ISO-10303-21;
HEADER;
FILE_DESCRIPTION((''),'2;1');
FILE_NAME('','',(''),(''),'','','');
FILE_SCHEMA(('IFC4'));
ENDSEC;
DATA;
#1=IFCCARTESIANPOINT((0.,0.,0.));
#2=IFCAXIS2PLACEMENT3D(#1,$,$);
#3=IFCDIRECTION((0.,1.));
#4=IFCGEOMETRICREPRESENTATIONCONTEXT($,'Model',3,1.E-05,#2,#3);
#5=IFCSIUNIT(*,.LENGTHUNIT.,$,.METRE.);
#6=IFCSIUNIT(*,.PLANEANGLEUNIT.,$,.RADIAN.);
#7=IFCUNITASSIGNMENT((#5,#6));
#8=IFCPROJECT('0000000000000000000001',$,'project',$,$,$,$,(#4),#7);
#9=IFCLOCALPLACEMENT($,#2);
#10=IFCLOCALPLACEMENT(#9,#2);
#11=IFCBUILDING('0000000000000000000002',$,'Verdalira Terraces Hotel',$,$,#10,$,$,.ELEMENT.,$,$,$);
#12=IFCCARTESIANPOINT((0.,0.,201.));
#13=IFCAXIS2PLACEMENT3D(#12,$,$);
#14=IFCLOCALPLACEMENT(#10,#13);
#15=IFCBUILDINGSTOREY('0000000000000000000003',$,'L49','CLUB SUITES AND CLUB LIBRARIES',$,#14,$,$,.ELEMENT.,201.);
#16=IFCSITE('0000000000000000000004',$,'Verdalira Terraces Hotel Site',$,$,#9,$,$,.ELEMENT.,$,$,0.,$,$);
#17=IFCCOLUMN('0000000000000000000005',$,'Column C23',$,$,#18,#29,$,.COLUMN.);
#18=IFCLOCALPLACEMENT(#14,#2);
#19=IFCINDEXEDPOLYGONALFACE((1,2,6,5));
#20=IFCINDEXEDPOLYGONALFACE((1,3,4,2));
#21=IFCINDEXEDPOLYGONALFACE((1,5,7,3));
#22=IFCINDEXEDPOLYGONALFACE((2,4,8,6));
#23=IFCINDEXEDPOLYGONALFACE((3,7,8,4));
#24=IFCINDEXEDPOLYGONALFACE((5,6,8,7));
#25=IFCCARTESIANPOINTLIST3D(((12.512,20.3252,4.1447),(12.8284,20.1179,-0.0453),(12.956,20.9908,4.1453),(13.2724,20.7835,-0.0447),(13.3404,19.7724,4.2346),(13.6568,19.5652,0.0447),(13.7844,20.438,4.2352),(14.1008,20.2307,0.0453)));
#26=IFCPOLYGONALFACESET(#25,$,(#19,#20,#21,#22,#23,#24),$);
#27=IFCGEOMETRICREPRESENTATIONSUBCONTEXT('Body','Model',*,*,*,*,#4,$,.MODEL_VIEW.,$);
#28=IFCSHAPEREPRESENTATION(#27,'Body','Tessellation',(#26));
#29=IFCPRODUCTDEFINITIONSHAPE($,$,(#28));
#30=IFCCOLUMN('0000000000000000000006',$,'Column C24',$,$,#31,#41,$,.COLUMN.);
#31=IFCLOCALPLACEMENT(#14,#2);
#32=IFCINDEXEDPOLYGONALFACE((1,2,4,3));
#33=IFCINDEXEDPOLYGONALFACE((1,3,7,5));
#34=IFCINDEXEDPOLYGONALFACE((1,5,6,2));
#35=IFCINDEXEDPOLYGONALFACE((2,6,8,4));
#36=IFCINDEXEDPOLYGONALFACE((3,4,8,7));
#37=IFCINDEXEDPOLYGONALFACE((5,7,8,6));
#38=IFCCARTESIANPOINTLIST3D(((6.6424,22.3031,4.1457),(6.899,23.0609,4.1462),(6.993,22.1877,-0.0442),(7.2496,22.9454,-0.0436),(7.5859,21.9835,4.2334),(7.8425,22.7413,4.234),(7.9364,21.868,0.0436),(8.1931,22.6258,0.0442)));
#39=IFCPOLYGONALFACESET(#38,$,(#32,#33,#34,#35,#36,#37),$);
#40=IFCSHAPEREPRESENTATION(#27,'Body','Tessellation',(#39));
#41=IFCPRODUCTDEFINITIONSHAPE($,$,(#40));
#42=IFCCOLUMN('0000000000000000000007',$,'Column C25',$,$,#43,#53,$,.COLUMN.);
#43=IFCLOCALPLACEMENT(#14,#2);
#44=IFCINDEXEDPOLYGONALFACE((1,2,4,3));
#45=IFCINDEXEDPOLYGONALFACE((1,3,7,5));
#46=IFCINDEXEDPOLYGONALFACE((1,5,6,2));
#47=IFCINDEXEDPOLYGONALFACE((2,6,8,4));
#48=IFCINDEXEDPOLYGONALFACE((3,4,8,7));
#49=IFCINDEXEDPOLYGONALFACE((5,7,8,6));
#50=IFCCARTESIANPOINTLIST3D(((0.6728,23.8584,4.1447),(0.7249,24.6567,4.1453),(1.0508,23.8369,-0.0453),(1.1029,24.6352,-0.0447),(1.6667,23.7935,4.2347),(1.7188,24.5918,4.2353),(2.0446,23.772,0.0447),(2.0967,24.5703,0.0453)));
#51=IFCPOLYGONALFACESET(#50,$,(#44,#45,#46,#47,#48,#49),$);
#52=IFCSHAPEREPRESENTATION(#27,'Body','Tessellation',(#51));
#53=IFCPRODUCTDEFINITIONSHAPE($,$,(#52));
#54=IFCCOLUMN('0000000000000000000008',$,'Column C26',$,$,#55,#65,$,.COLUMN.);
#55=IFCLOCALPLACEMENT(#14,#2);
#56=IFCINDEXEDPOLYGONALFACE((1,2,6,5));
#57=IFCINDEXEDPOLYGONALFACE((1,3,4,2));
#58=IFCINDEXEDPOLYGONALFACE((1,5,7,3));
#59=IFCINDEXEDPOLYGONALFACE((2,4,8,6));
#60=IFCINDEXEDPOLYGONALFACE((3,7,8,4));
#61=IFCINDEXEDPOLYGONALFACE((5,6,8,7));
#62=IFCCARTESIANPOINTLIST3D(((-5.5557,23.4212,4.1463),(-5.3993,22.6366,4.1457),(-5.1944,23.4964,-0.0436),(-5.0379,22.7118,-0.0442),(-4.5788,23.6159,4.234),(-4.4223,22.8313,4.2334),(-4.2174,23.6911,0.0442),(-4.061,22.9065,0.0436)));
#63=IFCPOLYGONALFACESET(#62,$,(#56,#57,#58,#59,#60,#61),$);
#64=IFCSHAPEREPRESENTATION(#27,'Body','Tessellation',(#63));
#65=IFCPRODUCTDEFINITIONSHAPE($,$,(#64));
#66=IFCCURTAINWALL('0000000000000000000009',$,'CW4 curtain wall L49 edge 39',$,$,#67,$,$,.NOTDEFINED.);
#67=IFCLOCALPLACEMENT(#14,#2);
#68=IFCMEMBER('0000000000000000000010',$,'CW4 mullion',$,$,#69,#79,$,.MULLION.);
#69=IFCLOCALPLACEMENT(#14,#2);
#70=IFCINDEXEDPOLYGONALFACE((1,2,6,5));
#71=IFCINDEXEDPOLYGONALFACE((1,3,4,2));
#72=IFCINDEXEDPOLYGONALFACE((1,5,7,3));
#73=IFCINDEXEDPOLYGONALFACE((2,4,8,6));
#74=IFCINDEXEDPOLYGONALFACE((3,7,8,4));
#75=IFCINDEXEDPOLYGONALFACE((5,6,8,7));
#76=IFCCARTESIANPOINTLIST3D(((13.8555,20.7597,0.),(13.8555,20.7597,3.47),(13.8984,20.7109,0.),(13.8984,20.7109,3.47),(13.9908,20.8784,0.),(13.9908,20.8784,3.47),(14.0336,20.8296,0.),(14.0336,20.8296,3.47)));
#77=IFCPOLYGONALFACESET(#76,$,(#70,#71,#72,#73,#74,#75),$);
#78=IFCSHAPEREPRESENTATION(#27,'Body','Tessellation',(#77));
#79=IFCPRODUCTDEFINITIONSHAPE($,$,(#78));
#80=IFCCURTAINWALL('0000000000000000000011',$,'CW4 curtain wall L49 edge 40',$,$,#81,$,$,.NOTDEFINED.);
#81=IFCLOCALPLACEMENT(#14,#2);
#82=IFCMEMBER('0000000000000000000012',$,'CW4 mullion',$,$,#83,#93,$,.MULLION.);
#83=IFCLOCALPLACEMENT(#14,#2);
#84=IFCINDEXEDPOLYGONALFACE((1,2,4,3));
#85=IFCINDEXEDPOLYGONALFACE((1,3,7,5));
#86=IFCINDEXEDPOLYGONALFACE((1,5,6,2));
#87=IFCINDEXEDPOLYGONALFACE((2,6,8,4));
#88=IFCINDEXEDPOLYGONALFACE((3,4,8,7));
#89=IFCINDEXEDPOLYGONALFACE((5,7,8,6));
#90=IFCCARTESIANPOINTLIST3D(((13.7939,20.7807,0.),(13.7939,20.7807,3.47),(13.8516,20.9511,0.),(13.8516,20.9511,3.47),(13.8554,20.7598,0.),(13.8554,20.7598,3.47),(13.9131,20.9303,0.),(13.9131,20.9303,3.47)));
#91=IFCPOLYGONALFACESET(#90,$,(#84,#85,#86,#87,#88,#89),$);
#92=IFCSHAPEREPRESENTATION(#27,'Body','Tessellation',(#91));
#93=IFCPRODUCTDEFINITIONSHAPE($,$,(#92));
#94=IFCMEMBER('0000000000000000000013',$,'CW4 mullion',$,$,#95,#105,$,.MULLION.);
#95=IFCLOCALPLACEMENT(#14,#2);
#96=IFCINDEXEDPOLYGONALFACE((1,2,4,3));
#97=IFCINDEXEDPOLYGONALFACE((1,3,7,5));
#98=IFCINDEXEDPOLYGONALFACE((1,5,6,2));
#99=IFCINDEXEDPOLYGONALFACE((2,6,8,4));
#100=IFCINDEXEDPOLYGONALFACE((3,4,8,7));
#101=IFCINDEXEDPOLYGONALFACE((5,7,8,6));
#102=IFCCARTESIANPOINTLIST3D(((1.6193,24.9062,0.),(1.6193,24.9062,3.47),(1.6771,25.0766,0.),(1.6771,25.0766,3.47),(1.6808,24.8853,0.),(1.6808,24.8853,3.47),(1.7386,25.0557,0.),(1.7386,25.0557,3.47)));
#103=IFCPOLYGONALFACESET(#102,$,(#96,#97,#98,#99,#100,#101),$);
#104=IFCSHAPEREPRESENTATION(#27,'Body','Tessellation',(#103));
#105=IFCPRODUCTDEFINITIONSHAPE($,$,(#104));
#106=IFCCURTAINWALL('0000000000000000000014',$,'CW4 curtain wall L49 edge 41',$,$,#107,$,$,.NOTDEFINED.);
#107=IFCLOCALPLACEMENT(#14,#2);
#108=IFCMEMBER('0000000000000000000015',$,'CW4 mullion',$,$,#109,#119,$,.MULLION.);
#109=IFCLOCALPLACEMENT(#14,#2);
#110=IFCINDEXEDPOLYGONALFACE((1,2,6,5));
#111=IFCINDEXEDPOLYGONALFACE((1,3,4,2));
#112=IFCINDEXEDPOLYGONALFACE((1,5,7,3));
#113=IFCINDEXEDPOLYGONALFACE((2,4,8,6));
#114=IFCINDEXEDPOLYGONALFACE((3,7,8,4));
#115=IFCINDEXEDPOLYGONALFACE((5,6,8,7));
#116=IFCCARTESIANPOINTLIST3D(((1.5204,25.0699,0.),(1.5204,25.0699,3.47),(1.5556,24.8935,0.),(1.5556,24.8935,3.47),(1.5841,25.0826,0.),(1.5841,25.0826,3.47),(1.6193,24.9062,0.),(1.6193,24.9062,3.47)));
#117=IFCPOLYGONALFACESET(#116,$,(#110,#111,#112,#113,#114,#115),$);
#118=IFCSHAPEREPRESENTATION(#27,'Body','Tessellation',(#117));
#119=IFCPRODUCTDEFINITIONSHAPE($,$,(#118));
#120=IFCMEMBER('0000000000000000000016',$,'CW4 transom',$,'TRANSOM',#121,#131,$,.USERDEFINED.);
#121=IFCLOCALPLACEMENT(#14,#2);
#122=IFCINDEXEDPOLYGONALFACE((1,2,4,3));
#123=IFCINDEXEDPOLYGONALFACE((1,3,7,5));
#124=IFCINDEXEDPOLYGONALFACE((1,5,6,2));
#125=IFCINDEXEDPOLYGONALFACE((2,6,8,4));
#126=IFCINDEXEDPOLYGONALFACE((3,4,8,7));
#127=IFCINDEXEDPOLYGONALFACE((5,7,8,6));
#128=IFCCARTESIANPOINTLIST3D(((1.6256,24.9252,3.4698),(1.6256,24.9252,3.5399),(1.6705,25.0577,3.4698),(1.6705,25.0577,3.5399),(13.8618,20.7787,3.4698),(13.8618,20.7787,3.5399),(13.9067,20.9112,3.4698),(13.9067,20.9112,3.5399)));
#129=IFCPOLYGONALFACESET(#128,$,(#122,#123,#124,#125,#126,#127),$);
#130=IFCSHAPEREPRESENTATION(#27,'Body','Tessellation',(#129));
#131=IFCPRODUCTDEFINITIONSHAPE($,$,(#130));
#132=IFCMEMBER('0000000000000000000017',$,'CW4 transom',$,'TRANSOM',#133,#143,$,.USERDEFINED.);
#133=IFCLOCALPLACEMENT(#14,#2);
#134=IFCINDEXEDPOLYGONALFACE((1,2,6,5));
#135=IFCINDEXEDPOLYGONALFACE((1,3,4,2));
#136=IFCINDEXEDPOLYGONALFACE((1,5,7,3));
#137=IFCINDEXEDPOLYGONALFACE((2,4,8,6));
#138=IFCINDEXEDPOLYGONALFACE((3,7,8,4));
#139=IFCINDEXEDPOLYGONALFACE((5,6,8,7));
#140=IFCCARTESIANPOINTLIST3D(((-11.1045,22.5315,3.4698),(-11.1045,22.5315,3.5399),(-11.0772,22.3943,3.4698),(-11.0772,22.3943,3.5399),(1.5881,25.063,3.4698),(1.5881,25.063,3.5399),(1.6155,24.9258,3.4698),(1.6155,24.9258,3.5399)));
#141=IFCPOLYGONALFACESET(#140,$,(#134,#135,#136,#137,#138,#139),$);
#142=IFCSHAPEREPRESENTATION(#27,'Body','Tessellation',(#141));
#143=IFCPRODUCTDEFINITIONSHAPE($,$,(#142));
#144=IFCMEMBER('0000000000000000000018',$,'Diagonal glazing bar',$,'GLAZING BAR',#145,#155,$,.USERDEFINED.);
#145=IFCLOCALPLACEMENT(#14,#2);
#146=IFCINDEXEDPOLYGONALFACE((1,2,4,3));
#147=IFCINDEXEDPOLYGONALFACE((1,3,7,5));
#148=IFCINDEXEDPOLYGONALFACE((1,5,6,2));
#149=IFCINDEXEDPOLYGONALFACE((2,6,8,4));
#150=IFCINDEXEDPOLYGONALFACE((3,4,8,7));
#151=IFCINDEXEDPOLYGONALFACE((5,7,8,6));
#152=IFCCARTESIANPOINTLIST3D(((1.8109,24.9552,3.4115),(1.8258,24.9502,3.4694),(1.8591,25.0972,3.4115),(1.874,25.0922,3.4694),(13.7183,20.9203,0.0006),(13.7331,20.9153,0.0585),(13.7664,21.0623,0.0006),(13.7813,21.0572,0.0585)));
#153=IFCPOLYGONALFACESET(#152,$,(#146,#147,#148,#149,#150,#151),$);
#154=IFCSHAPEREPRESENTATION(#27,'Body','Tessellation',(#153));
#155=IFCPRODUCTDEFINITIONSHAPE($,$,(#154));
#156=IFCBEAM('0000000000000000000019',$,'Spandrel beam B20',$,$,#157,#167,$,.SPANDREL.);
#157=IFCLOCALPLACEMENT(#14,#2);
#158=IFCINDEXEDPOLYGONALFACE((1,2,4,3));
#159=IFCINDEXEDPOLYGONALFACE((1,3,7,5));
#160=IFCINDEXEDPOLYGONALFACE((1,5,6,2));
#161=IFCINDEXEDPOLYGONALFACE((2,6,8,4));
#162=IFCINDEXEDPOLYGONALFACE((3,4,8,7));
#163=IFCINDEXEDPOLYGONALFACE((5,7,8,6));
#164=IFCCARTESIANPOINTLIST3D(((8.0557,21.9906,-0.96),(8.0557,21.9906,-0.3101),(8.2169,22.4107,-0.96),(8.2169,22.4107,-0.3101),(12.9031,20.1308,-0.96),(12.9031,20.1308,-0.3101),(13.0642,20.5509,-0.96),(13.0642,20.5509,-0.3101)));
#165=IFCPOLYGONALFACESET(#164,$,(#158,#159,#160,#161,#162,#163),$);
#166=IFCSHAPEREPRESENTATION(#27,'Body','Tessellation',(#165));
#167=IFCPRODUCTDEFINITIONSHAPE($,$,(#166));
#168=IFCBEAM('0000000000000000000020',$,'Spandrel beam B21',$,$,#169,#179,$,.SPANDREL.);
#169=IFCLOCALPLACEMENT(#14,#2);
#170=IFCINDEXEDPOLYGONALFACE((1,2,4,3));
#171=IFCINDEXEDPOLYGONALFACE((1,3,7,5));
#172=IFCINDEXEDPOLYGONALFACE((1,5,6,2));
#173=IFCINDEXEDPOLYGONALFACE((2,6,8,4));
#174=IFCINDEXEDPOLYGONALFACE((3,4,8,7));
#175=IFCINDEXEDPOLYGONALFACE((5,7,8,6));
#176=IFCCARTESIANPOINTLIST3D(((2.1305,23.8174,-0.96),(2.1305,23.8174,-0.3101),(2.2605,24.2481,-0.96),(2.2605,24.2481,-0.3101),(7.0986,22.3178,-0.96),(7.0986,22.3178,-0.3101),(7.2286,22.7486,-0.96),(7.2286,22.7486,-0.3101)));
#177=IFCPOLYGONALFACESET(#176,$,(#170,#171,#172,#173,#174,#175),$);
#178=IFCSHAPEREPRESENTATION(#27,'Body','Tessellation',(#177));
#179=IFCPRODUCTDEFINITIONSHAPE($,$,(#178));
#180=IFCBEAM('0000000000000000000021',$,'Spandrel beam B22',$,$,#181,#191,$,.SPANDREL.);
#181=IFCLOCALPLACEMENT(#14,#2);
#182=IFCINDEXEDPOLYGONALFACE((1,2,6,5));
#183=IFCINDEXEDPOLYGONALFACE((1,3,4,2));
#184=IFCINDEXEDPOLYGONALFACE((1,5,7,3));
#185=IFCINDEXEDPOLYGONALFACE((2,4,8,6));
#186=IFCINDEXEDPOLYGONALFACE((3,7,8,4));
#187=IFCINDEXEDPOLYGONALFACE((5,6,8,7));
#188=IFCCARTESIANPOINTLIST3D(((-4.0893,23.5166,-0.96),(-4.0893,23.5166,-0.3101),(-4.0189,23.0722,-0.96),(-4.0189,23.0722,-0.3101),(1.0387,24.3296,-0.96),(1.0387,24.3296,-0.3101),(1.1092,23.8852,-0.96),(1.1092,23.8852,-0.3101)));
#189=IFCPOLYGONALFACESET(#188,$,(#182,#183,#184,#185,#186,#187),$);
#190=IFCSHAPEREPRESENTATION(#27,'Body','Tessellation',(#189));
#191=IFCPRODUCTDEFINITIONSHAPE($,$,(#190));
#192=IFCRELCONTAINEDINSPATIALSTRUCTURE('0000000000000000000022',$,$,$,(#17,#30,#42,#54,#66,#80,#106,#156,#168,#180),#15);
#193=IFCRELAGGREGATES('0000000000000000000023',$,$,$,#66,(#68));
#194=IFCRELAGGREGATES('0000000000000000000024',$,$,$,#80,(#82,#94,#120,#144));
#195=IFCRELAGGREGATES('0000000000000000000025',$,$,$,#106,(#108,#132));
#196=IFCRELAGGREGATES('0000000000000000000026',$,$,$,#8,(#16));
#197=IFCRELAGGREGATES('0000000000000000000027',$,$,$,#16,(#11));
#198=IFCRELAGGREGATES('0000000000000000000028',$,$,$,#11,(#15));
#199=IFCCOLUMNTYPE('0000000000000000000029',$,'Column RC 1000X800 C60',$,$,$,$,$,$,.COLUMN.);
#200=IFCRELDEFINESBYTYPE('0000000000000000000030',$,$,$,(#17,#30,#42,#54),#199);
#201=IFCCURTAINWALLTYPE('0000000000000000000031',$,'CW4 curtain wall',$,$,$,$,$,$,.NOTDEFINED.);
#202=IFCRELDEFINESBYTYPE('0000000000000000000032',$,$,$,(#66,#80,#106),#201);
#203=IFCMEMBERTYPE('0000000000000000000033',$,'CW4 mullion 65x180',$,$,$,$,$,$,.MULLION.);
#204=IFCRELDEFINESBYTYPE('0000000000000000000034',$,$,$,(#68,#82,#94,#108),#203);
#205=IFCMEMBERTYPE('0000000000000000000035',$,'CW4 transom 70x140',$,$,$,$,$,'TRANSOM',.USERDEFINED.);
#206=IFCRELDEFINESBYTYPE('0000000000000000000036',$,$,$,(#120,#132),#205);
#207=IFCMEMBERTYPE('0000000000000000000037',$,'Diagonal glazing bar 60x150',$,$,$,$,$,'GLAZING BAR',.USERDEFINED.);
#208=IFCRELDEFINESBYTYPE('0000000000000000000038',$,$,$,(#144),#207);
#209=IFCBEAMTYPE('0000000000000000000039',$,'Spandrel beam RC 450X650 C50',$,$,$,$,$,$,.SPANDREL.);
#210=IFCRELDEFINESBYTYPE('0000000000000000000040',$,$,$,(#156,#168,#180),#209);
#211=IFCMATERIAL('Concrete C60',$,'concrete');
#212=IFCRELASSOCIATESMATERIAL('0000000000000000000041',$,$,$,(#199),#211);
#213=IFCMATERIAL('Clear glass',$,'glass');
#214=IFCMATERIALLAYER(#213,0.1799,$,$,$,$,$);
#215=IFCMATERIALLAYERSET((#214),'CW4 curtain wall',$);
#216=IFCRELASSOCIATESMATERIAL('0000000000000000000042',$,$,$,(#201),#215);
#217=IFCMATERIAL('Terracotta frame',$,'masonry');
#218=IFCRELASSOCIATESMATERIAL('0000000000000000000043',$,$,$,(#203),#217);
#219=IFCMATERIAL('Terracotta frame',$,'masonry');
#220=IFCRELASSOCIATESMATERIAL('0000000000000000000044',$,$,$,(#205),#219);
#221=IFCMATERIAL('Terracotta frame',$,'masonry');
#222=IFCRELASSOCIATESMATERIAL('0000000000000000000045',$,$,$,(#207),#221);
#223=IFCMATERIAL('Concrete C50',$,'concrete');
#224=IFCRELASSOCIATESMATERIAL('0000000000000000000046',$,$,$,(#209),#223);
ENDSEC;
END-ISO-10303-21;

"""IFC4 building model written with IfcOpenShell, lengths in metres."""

from ifc_helpers import new_model, si_unit, direction, frame, origin, origin_2d, place, context, subcontext, project, spatial, rectangle, extrude, material, layer, layer_set, material_profile, profile_set, type_object, element, aggregate, save


model = new_model("IFC4")

# Units and contexts
model_context = context("Model", 3, precision=1e-05, world=origin(), true_north=direction((0.0, 1.0)))
body_context = subcontext(model_context, "Body", "Model", "MODEL_VIEW")
ifc_project = project(units=[si_unit("LENGTHUNIT", "METRE"), si_unit("PLANEANGLEUNIT", "RADIAN")], contexts=[model_context])

# Site, building, storey
site_placement = place(None, origin())
site = spatial("IfcSite", under=ifc_project, at=site_placement, Name="Verdalira Terraces Hotel Site", CompositionType="ELEMENT", RefElevation=0.0)
building_placement = place(site_placement, origin())
building = spatial("IfcBuilding", under=site, at=building_placement, Name="Verdalira Terraces Hotel", CompositionType="ELEMENT")
storey_placement = place(building_placement, frame((0.0, 0.0, 201.0)))
storey = spatial("IfcBuildingStorey", under=building, at=storey_placement, Name="L49", Description="CLUB SUITES AND CLUB LIBRARIES", CompositionType="ELEMENT", Elevation=201.0)

# Columns
ifc_material_1 = material(Name="Concrete C60", Category="concrete")
ifc_material_profile_1 = material_profile(ifc_material_1, rectangle(XDim=1.0, YDim=0.8, at=origin_2d()), Name="RC 1000X800")
ifc_profile_set_1 = profile_set([ifc_material_profile_1], Name="Concrete C60")
column_type = type_object("IfcColumnType", Name="Column RC 1000X800 C60", PredefinedType="COLUMN", material=ifc_profile_set_1)
column_1_placement = place(storey_placement, frame((13.4646, 20.1743, 0.0), z_axis=(-0.07521, 0.049269, 0.99595), x_axis=(0.828464, -0.552778, 0.089908)))
element("IfcColumn", 1, at=column_1_placement, inside=storey, type_object=column_type, Name="Column C23", PredefinedType="COLUMN", context=body_context, shape_type="SweptSolid", body=[
    extrude(rectangle(XDim=1.0, YDim=0.8, at=origin_2d()), origin(), (0.0, 0.0, 1.0), 4.207),
])
column_2_placement = place(storey_placement, frame((7.593, 22.4067, 0.0), z_axis=(-0.08335, 0.027455, 0.996142), x_axis=(-0.943473, 0.319623, -0.087752)))
element("IfcColumn", 2, at=column_2_placement, inside=storey, type_object=column_type, Name="Column C24", PredefinedType="COLUMN", context=body_context, shape_type="SweptSolid", body=[
    extrude(rectangle(XDim=1.0, YDim=0.8, at=origin_2d()), origin(), (0.0, 0.0, 1.0), 4.2061),
])
column_3_placement = place(storey_placement, frame((1.5737, 24.2036, 0.0), z_axis=(-0.089833, 0.005107, 0.995944), x_axis=(0.993826, -0.064923, 0.089975)))
element("IfcColumn", 3, at=column_3_placement, inside=storey, type_object=column_type, Name="Column C25", PredefinedType="COLUMN", context=body_context, shape_type="SweptSolid", body=[
    extrude(rectangle(XDim=1.0, YDim=0.8, at=origin_2d()), origin(), (0.0, 0.0, 1.0), 4.207),
])
column_4_placement = place(storey_placement, frame((-4.6277, 23.2014, 0.0), z_axis=(-0.085904, -0.017877, 0.996143), x_axis=(-0.976927, -0.194716, -0.087742)))
element("IfcColumn", 4, at=column_4_placement, inside=storey, type_object=column_type, Name="Column C26", PredefinedType="COLUMN", context=body_context, shape_type="SweptSolid", body=[
    extrude(rectangle(XDim=1.0, YDim=0.8, at=origin_2d()), origin(), (0.0, 0.0, 1.0), 4.2061),
])

# Curtain wall, member
ifc_material_2 = material(Name="Clear glass", Category="glass")
ifc_layer_1 = layer(ifc_material_2, 0.1799)
ifc_layer_set_1 = layer_set([ifc_layer_1], Name="CW4 curtain wall")
curtain_wall_type = type_object("IfcCurtainWallType", Name="CW4 curtain wall", PredefinedType="NOTDEFINED", material=ifc_layer_set_1)
curtain_wall_1_placement = place(storey_placement, origin())
curtain_wall_1 = element("IfcCurtainWall", 5, at=curtain_wall_1_placement, inside=storey, type_object=curtain_wall_type, Name="CW4 curtain wall L49 edge 39", PredefinedType="NOTDEFINED")
ifc_material_3 = material(Name="Terracotta frame", Category="masonry")
ifc_material_profile_2 = material_profile(ifc_material_3, rectangle(XDim=0.0649, YDim=0.1799, at=origin_2d()), Name="MU 65x180")
ifc_profile_set_2 = profile_set([ifc_material_profile_2], Name="Terracotta frame")
member_type_1 = type_object("IfcMemberType", Name="CW4 mullion 65x180", PredefinedType="MULLION", material=ifc_profile_set_2)
member_1_placement = place(storey_placement, frame((13.9446, 20.7947, 0.0), z_axis=(0.0, 0.0, 1.0), x_axis=(-0.659739, 0.751494, 0.0)))
member_1 = element("IfcMember", 6, at=member_1_placement, type_object=member_type_1, Name="CW4 mullion", PredefinedType="MULLION", context=body_context, shape_type="SweptSolid", body=[
    extrude(rectangle(XDim=0.0649, YDim=0.1799, at=origin_2d()), origin(), (0.0, 0.0, 1.0), 3.47),
])
aggregate(curtain_wall_1, [member_1])

# Curtain wall, members
curtain_wall_2_placement = place(storey_placement, origin())
curtain_wall_2 = element("IfcCurtainWall", 7, at=curtain_wall_2_placement, inside=storey, type_object=curtain_wall_type, Name="CW4 curtain wall L49 edge 40", PredefinedType="NOTDEFINED")
member_2_placement = place(storey_placement, frame((13.8535, 20.8555, 0.0), z_axis=(0.0, 0.0, 1.0), x_axis=(-0.947098, 0.320944, 0.0)))
member_2 = element("IfcMember", 8, at=member_2_placement, type_object=member_type_1, Name="CW4 mullion", PredefinedType="MULLION", context=body_context, shape_type="SweptSolid", body=[
    extrude(rectangle(XDim=0.0649, YDim=0.1799, at=origin_2d()), origin(), (0.0, 0.0, 1.0), 3.47),
])
member_3_placement = place(storey_placement, frame((1.679, 24.981, 0.0), z_axis=(0.0, 0.0, 1.0), x_axis=(-0.947098, 0.320944, 0.0)))
member_3 = element("IfcMember", 9, at=member_3_placement, type_object=member_type_1, Name="CW4 mullion", PredefinedType="MULLION", context=body_context, shape_type="SweptSolid", body=[
    extrude(rectangle(XDim=0.0649, YDim=0.1799, at=origin_2d()), origin(), (0.0, 0.0, 1.0), 3.47),
])

# Curtain wall, member
curtain_wall_3_placement = place(storey_placement, origin())
curtain_wall_3 = element("IfcCurtainWall", 10, at=curtain_wall_3_placement, inside=storey, type_object=curtain_wall_type, Name="CW4 curtain wall L49 edge 41", PredefinedType="NOTDEFINED")
member_4_placement = place(storey_placement, frame((1.5698, 24.988, 0.0), z_axis=(0.0, 0.0, 1.0), x_axis=(-0.980683, -0.195604, 0.0)))
member_4 = element("IfcMember", 11, at=member_4_placement, type_object=member_type_1, Name="CW4 mullion", PredefinedType="MULLION", context=body_context, shape_type="SweptSolid", body=[
    extrude(rectangle(XDim=0.0649, YDim=0.1799, at=origin_2d()), origin(), (0.0, 0.0, 1.0), 3.47),
])

# Members
ifc_material_4 = material(Name="Terracotta frame", Category="masonry")
ifc_material_profile_3 = material_profile(ifc_material_4, rectangle(XDim=0.1399, YDim=0.0701, at=origin_2d()), Name="TR 70x140")
ifc_profile_set_3 = profile_set([ifc_material_profile_3], Name="Terracotta frame")
member_type_2 = type_object("IfcMemberType", Name="CW4 transom 70x140", ElementType="TRANSOM", PredefinedType="USERDEFINED", material=ifc_profile_set_3)
member_5_placement = place(storey_placement, frame((13.8843, 20.845, 3.5049), z_axis=(-0.947097, 0.320946, 0.0), x_axis=(-0.320946, -0.947097, 0.0)))
member_5 = element("IfcMember", 12, at=member_5_placement, type_object=member_type_2, Name="CW4 transom", ObjectType="TRANSOM", PredefinedType="USERDEFINED", context=body_context, shape_type="SweptSolid", body=[
    extrude(rectangle(XDim=0.1399, YDim=0.0701, at=origin_2d()), origin(), (0.0, 0.0, 1.0), 12.9197),
])
member_6_placement = place(storey_placement, frame((1.6018, 24.9944, 3.5049), z_axis=(-0.980685, -0.195594, 0.0), x_axis=(0.195594, -0.980685, 0.0)))
member_6 = element("IfcMember", 13, at=member_6_placement, type_object=member_type_2, Name="CW4 transom", ObjectType="TRANSOM", PredefinedType="USERDEFINED", context=body_context, shape_type="SweptSolid", body=[
    extrude(rectangle(XDim=0.1399, YDim=0.0701, at=origin_2d()), origin(), (0.0, 0.0, 1.0), 12.9426),
])
ifc_material_5 = material(Name="Terracotta frame", Category="masonry")
ifc_material_profile_4 = material_profile(ifc_material_5, rectangle(XDim=0.1499, YDim=0.0601, at=origin_2d()), Name="GB 60x150")
ifc_profile_set_4 = profile_set([ifc_material_profile_4], Name="Terracotta frame")
member_type_3 = type_object("IfcMemberType", Name="Diagonal glazing bar 60x150", ElementType="GLAZING BAR", PredefinedType="USERDEFINED", material=ifc_profile_set_4)
member_7_placement = place(storey_placement, frame((13.7498, 20.9888, 0.0295), z_axis=(-0.914058, 0.30974, 0.261837), x_axis=(-0.320937, -0.947101, 0.0)))
member_7 = element("IfcMember", 14, at=member_7_placement, type_object=member_type_3, Name="Diagonal glazing bar", ObjectType="GLAZING BAR", PredefinedType="USERDEFINED", context=body_context, shape_type="SweptSolid", body=[
    extrude(rectangle(XDim=0.1499, YDim=0.0601, at=origin_2d()), origin(), (0.0, 0.0, 1.0), 13.0269),
])

# Beams
ifc_material_6 = material(Name="Concrete C50", Category="concrete")
ifc_material_profile_5 = material_profile(ifc_material_6, rectangle(XDim=0.45, YDim=0.6499, at=origin_2d()), Name="RC 450X650")
ifc_profile_set_5 = profile_set([ifc_material_profile_5], Name="Concrete C50")
beam_type = type_object("IfcBeamType", Name="Spandrel beam RC 450X650 C50", PredefinedType="SPANDREL", material=ifc_profile_set_5)
beam_1_placement = place(storey_placement, frame((12.9836, 20.3408, -0.635), z_axis=(-0.933637, 0.35822, 0.0), x_axis=(-0.35822, -0.933637, 0.0)))
element("IfcBeam", 15, at=beam_1_placement, inside=storey, type_object=beam_type, Name="Spandrel beam B20", PredefinedType="SPANDREL", context=body_context, shape_type="SweptSolid", body=[
    extrude(rectangle(XDim=0.45, YDim=0.6499, at=origin_2d()), origin(), (0.0, 0.0, 1.0), 5.1919),
])
beam_2_placement = place(storey_placement, frame((7.1636, 22.5332, -0.635), z_axis=(-0.957342, 0.288957, 0.0), x_axis=(-0.288957, -0.957342, 0.0)))
element("IfcBeam", 16, at=beam_2_placement, inside=storey, type_object=beam_type, Name="Spandrel beam B21", PredefinedType="SPANDREL", context=body_context, shape_type="SweptSolid", body=[
    extrude(rectangle(XDim=0.45, YDim=0.6499, at=origin_2d()), origin(), (0.0, 0.0, 1.0), 5.1895),
])
beam_3_placement = place(storey_placement, frame((1.074, 24.1074, -0.635), z_axis=(-0.987666, -0.156578, 0.0), x_axis=(0.156578, -0.987666, 0.0)))
element("IfcBeam", 17, at=beam_3_placement, inside=storey, type_object=beam_type, Name="Spandrel beam B22", PredefinedType="SPANDREL", context=body_context, shape_type="SweptSolid", body=[
    extrude(rectangle(XDim=0.45, YDim=0.6499, at=origin_2d()), origin(), (0.0, 0.0, 1.0), 5.1921),
])

aggregate(curtain_wall_2, [member_2, member_3, member_5, member_7])
aggregate(curtain_wall_3, [member_4, member_6])

save(model, "model.ifc")
